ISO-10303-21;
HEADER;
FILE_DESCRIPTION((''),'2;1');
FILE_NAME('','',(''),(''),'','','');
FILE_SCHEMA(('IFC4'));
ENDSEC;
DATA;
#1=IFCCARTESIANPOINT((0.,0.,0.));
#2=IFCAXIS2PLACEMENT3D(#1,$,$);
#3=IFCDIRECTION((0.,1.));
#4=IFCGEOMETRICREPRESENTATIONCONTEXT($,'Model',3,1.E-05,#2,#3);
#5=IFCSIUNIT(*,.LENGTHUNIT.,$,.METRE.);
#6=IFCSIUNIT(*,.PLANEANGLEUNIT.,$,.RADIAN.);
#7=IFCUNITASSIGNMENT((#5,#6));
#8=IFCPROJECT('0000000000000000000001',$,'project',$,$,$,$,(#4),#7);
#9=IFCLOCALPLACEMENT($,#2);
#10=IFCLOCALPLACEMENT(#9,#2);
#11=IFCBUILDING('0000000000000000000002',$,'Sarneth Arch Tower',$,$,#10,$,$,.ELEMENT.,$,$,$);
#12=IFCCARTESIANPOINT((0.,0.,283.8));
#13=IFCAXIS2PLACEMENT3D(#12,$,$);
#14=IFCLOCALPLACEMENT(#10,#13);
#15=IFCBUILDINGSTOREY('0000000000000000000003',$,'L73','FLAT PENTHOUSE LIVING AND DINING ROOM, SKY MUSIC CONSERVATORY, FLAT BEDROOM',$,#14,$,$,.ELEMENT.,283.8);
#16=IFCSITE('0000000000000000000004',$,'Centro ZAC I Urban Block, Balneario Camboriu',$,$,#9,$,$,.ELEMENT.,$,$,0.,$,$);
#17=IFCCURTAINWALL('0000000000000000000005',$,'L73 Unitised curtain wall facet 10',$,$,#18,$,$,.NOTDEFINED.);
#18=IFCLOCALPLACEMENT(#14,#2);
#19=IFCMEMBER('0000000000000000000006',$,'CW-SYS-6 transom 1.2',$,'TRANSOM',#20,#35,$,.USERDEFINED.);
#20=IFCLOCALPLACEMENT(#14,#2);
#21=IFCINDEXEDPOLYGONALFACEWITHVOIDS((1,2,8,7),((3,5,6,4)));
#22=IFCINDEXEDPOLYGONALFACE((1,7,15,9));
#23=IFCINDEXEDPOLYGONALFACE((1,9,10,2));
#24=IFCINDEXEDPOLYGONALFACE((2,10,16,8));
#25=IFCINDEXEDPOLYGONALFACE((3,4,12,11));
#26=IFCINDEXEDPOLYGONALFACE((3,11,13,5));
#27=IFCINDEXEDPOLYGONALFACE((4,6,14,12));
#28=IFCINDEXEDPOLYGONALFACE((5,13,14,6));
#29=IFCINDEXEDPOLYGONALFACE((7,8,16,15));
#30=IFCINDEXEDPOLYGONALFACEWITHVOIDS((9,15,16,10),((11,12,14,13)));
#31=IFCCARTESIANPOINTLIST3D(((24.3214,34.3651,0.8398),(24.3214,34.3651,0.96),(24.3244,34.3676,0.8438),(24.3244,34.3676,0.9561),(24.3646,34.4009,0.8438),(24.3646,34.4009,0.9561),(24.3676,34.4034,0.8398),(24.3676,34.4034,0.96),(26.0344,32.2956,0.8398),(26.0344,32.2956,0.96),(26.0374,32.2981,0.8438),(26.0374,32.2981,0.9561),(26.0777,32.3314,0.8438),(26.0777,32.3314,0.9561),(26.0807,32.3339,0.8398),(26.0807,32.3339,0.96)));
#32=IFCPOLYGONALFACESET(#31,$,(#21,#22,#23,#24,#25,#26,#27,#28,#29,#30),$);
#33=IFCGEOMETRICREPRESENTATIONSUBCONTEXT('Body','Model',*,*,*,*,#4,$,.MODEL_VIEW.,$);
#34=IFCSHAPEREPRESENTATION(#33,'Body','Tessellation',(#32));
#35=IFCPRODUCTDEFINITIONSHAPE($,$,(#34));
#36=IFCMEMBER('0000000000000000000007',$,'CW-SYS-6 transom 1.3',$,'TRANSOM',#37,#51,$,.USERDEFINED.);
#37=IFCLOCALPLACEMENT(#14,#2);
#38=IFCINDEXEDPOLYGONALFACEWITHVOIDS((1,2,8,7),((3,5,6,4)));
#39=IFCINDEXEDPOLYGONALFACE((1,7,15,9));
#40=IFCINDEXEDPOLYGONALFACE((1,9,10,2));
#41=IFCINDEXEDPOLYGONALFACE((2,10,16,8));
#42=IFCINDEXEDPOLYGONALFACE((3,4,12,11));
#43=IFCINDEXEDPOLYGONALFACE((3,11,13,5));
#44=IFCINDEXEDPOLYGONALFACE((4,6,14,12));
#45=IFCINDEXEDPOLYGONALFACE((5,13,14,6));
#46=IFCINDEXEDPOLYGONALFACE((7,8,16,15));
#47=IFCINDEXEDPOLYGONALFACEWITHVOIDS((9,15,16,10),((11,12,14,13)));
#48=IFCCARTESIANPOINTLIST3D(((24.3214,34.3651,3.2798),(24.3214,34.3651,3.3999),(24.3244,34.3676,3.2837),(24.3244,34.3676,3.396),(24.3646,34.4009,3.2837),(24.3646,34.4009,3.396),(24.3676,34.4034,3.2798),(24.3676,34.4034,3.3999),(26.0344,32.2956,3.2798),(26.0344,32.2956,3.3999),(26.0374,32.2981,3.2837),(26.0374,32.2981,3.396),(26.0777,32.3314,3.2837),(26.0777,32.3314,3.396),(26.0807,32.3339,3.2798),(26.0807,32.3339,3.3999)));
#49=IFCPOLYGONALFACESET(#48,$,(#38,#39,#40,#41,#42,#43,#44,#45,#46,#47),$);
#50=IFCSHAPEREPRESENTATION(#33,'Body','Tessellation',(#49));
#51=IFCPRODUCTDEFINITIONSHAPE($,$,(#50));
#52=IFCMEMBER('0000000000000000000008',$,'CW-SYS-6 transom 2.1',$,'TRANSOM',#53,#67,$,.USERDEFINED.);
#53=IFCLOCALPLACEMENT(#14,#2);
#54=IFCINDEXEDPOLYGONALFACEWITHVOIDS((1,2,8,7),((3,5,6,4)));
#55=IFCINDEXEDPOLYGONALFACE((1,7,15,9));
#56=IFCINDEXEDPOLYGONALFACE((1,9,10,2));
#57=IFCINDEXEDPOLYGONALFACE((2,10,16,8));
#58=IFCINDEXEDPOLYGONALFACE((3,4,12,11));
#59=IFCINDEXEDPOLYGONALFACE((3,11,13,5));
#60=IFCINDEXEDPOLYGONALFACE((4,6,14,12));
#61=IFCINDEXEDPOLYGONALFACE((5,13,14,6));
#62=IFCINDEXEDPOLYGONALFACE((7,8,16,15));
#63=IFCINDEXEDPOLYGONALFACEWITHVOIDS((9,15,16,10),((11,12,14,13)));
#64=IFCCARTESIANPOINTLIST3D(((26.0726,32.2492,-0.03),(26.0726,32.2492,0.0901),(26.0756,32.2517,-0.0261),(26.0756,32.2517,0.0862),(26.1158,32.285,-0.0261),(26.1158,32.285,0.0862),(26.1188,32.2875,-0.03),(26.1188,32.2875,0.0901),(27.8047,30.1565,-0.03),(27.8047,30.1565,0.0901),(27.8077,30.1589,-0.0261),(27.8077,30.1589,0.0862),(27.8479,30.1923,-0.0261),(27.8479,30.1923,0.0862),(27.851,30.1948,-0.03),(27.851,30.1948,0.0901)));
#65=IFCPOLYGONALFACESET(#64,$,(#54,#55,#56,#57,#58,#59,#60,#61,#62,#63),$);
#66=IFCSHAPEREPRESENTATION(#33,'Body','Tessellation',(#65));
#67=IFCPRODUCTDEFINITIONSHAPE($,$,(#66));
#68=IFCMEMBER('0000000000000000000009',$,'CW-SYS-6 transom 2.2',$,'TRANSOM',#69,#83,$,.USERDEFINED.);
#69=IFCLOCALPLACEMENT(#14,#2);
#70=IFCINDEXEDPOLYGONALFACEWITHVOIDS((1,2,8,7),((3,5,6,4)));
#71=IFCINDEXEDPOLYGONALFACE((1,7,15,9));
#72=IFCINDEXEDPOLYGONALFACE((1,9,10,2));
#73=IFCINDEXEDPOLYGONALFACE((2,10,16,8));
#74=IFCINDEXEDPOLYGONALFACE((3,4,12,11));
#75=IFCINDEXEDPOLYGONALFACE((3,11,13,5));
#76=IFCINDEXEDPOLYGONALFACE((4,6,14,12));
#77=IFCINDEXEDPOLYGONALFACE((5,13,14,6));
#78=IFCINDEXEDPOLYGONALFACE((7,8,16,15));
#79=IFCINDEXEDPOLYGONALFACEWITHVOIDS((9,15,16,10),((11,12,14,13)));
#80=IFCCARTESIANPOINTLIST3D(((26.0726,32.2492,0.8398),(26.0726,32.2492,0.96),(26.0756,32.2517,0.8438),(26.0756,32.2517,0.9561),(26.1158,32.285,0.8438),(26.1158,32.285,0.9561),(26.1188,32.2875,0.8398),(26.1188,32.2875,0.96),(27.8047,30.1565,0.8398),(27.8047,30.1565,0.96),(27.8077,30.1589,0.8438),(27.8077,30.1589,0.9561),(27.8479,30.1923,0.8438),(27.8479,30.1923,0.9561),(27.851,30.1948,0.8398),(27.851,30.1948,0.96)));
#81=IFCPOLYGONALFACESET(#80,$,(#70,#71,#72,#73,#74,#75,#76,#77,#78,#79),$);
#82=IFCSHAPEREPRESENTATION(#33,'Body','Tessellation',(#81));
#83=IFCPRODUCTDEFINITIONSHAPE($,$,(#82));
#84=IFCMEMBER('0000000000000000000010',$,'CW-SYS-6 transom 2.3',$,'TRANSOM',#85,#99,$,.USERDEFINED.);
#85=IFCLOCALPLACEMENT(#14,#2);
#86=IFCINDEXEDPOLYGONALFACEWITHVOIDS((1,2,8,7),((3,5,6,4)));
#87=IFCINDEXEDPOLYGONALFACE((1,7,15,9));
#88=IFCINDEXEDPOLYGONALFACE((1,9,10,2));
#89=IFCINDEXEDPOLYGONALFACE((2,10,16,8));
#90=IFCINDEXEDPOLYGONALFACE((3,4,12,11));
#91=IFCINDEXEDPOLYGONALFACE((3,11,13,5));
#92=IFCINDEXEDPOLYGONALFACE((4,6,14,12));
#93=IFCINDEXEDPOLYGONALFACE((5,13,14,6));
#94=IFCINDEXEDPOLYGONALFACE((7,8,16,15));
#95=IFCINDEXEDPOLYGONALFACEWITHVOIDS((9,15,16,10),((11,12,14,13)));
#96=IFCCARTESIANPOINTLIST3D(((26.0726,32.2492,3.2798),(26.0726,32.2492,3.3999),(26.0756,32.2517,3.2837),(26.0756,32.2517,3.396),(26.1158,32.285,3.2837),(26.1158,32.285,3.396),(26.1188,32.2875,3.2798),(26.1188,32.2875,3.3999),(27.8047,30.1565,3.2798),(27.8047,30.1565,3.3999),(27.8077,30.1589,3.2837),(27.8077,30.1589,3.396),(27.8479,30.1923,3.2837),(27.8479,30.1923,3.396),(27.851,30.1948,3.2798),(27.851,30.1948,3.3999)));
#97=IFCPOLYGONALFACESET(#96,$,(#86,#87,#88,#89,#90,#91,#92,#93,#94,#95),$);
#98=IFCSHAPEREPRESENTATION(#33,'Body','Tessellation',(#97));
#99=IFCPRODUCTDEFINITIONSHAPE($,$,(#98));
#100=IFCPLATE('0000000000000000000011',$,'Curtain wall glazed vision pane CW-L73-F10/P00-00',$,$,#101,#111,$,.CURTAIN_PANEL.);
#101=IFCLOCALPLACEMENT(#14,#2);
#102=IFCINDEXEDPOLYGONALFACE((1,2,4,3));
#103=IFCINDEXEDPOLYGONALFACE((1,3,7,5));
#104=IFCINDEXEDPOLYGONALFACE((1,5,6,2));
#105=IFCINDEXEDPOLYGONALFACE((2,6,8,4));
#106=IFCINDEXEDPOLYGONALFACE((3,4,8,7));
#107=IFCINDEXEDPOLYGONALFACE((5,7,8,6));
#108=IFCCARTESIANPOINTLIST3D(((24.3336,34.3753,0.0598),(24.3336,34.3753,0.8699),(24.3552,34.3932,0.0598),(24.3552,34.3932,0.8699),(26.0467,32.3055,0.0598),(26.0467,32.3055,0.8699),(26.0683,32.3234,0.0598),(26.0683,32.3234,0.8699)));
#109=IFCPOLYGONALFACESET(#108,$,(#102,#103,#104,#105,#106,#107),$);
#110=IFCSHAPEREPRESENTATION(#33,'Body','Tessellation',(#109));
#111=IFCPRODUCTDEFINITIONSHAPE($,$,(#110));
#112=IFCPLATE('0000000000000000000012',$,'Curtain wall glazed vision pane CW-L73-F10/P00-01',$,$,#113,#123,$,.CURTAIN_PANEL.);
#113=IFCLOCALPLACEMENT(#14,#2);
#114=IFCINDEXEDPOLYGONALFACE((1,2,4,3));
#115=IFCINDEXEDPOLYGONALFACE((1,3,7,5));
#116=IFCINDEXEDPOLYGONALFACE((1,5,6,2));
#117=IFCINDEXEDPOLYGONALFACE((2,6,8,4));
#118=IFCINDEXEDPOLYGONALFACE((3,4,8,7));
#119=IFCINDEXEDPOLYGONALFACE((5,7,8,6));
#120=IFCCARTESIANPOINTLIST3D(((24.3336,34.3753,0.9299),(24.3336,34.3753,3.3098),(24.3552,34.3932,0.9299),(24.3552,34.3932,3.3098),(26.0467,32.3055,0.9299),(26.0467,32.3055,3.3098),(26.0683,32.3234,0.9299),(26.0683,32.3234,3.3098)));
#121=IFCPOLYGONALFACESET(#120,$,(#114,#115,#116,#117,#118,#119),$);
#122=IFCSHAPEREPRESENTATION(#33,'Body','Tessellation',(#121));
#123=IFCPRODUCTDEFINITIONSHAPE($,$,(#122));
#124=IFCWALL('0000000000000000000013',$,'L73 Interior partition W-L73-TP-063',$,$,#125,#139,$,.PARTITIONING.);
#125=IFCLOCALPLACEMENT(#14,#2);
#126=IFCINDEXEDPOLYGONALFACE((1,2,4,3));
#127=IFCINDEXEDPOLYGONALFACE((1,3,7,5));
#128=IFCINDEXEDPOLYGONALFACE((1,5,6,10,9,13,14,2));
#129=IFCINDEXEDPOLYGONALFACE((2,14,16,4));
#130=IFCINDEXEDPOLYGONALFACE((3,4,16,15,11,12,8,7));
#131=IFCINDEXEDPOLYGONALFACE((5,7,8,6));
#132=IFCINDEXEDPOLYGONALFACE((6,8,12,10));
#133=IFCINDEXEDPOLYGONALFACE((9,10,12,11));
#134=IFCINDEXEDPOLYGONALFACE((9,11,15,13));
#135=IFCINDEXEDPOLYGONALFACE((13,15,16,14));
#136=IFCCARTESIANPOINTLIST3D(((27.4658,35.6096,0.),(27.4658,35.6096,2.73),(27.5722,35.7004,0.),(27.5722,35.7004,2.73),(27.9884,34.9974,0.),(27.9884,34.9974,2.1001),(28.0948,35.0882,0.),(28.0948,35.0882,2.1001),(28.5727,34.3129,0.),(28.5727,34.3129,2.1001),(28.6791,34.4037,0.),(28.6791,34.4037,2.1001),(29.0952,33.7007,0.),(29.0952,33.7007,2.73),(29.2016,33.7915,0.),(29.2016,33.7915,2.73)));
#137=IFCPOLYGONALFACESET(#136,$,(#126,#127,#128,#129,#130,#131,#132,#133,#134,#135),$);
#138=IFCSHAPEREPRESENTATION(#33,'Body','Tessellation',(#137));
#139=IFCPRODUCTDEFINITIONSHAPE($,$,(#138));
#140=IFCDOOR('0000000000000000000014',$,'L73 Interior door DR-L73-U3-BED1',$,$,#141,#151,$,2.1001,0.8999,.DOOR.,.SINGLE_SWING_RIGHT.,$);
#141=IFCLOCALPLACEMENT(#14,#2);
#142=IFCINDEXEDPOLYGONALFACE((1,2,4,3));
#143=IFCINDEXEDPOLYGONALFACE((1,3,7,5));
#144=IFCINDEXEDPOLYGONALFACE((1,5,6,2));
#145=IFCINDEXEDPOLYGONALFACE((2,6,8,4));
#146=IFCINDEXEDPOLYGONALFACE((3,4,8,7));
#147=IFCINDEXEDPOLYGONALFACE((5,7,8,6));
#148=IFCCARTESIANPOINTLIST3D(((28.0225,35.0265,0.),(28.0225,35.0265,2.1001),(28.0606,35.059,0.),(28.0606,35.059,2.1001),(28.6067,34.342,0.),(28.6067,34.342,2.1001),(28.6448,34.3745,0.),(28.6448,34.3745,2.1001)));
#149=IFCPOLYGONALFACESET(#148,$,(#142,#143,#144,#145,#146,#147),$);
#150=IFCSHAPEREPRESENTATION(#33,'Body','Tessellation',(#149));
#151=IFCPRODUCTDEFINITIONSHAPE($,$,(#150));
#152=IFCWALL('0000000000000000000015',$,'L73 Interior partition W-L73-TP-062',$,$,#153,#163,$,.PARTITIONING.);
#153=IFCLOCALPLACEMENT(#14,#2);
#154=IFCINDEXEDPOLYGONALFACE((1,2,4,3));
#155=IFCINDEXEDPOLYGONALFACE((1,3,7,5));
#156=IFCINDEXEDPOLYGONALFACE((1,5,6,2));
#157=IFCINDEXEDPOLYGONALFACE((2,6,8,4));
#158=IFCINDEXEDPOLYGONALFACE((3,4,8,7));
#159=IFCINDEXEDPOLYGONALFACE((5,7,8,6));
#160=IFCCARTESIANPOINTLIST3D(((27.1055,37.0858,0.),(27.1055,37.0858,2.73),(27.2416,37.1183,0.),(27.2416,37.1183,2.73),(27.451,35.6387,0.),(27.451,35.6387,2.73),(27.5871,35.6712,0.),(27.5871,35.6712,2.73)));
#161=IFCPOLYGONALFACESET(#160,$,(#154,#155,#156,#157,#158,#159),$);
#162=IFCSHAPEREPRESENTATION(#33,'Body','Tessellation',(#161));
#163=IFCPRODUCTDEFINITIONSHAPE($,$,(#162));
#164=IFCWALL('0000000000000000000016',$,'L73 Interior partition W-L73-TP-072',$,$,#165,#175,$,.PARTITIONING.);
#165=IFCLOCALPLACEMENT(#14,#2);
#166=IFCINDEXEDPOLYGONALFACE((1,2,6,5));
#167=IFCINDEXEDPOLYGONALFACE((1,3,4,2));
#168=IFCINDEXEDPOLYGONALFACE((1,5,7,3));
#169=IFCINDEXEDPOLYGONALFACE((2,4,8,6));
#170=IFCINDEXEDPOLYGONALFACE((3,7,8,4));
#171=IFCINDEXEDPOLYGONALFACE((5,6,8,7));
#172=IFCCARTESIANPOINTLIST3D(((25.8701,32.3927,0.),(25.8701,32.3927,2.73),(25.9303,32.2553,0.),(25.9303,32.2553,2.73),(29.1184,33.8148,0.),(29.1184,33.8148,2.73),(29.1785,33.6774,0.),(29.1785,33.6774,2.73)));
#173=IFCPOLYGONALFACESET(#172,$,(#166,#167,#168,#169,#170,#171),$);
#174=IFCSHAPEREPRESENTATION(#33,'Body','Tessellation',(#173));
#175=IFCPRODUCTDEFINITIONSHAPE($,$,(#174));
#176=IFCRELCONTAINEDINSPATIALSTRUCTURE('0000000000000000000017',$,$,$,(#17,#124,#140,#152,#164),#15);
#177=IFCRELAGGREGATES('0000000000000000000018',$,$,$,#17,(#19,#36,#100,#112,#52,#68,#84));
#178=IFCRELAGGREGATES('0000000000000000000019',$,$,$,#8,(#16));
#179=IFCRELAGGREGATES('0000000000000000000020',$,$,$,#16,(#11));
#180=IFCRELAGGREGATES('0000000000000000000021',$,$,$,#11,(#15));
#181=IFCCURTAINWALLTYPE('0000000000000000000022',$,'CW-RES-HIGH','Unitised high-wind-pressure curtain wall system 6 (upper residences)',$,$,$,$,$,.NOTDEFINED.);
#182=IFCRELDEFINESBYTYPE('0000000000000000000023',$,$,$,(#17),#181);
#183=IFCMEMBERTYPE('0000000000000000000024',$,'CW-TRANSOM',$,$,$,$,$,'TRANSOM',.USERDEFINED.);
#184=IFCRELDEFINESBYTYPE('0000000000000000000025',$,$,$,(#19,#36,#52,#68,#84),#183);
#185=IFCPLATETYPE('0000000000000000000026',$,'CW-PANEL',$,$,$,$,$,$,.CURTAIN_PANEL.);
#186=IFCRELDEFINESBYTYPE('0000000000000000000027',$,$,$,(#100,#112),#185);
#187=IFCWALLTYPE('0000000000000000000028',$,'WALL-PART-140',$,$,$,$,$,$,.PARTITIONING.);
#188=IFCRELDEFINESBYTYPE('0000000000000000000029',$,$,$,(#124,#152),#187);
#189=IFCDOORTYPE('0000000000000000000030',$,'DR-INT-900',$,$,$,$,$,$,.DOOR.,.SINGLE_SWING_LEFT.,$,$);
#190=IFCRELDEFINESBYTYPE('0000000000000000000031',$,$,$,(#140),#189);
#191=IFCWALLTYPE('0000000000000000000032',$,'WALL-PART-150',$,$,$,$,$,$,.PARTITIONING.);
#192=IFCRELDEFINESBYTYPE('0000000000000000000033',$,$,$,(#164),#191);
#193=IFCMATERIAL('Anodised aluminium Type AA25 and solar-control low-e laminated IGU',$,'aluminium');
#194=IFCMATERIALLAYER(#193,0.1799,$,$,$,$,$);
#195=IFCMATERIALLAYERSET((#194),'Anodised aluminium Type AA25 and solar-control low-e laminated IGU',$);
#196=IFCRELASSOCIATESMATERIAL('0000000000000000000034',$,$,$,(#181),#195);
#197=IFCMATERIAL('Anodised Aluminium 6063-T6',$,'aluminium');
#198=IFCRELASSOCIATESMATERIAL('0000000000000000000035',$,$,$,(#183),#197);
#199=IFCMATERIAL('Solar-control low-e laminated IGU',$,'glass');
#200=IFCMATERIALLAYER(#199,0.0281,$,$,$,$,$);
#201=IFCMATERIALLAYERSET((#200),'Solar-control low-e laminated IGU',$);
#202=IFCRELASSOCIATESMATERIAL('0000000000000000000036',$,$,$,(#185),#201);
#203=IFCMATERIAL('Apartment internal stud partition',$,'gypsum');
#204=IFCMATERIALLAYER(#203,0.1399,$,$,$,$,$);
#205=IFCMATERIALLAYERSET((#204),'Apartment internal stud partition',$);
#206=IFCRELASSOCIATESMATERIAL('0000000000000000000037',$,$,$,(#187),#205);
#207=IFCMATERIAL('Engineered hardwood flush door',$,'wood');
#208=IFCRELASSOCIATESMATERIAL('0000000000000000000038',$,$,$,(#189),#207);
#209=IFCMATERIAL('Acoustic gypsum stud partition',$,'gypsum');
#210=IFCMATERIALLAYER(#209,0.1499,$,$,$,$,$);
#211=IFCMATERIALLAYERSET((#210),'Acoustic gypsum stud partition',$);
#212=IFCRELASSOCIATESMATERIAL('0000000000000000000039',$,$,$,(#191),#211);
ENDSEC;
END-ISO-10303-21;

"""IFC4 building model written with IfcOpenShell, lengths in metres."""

from ifc_helpers import new_model, si_unit, direction, frame, frame_2d, origin, origin_2d, place, context, subcontext, project, spatial, rectangle, hollow_rectangle, extrude, material, layer, layer_set, material_profile, profile_set, type_object, element, fill, aggregate, save


model = new_model("IFC4")

# Units and contexts
model_context = context("Model", 3, precision=1e-05, world=origin(), true_north=direction((0.0, 1.0)))
body_context = subcontext(model_context, "Body", "Model", "MODEL_VIEW")
ifc_project = project(units=[si_unit("LENGTHUNIT", "METRE"), si_unit("PLANEANGLEUNIT", "RADIAN")], contexts=[model_context])

# Site, building, storey
site_placement = place(None, origin())
site = spatial("IfcSite", under=ifc_project, at=site_placement, Name="Centro ZAC I Urban Block, Balneario Camboriu", CompositionType="ELEMENT", RefElevation=0.0)
building_placement = place(site_placement, origin())
building = spatial("IfcBuilding", under=site, at=building_placement, Name="Sarneth Arch Tower", CompositionType="ELEMENT")
storey_placement = place(building_placement, frame((0.0, 0.0, 283.8)))
storey = spatial("IfcBuildingStorey", under=building, at=storey_placement, Name="L73", Description="FLAT PENTHOUSE LIVING AND DINING ROOM, SKY MUSIC CONSERVATORY, FLAT BEDROOM", CompositionType="ELEMENT", Elevation=283.8)

# Curtain wall, members, plates
ifc_material_1 = material(Name="Anodised aluminium Type AA25 and solar-control low-e laminated IGU", Category="aluminium")
ifc_layer_1 = layer(ifc_material_1, 0.1799)
ifc_layer_set_1 = layer_set([ifc_layer_1], Name="Anodised aluminium Type AA25 and solar-control low-e laminated IGU")
curtain_wall_type = type_object("IfcCurtainWallType", Name="CW-RES-HIGH", Description="Unitised high-wind-pressure curtain wall system 6 (upper residences)", PredefinedType="NOTDEFINED", material=ifc_layer_set_1)
curtain_wall_placement = place(storey_placement, origin())
curtain_wall = element("IfcCurtainWall", 1, at=curtain_wall_placement, inside=storey, type_object=curtain_wall_type, Name="L73 Unitised curtain wall facet 10", PredefinedType="NOTDEFINED")
ifc_material_2 = material(Name="Anodised Aluminium 6063-T6", Category="aluminium")
ifc_material_profile_1 = material_profile(ifc_material_2, hollow_rectangle(XDim=0.0601, YDim=0.1201, WallThickness=0.0039, at=origin_2d()), Name="AL-TRAN-120x60x4")
ifc_profile_set_1 = profile_set([ifc_material_profile_1], Name="Anodised Aluminium 6063-T6")
member_type_1 = type_object("IfcMemberType", Name="CW-TRANSOM", ElementType="TRANSOM", PredefinedType="USERDEFINED", material=ifc_profile_set_1)
member_1_placement = place(storey_placement, frame((24.3445, 34.3843, 0.8999), z_axis=(0.637651, -0.770325, 0.0), x_axis=(0.770325, 0.637651, 0.0)))
member_1 = element("IfcMember", 2, at=member_1_placement, type_object=member_type_1, Name="CW-SYS-6 transom 1.2", ObjectType="TRANSOM", PredefinedType="USERDEFINED", context=body_context, shape_type="SweptSolid", body=[
    extrude(hollow_rectangle(XDim=0.0601, YDim=0.1201, WallThickness=0.0039, at=origin_2d()), origin(), (0.0, 0.0, 1.0), 2.6865),
])
member_2_placement = place(storey_placement, frame((24.3445, 34.3843, 3.3398), z_axis=(0.637651, -0.770325, 0.0), x_axis=(0.770325, 0.637651, 0.0)))
member_2 = element("IfcMember", 3, at=member_2_placement, type_object=member_type_1, Name="CW-SYS-6 transom 1.3", ObjectType="TRANSOM", PredefinedType="USERDEFINED", context=body_context, shape_type="SweptSolid", body=[
    extrude(hollow_rectangle(XDim=0.0601, YDim=0.1201, WallThickness=0.0039, at=origin_2d()), origin(), (0.0, 0.0, 1.0), 2.6865),
])
member_3_placement = place(storey_placement, frame((26.0957, 32.2683, 0.03), z_axis=(0.637617, -0.770353, 0.0), x_axis=(0.770353, 0.637617, 0.0)))
member_3 = element("IfcMember", 4, at=member_3_placement, type_object=member_type_1, Name="CW-SYS-6 transom 2.1", ObjectType="TRANSOM", PredefinedType="USERDEFINED", context=body_context, shape_type="SweptSolid", body=[
    extrude(hollow_rectangle(XDim=0.0601, YDim=0.1201, WallThickness=0.0039, at=origin_2d()), origin(), (0.0, 0.0, 1.0), 2.7166),
])
member_4_placement = place(storey_placement, frame((26.0957, 32.2683, 0.8999), z_axis=(0.637617, -0.770353, 0.0), x_axis=(0.770353, 0.637617, 0.0)))
member_4 = element("IfcMember", 5, at=member_4_placement, type_object=member_type_1, Name="CW-SYS-6 transom 2.2", ObjectType="TRANSOM", PredefinedType="USERDEFINED", context=body_context, shape_type="SweptSolid", body=[
    extrude(hollow_rectangle(XDim=0.0601, YDim=0.1201, WallThickness=0.0039, at=origin_2d()), origin(), (0.0, 0.0, 1.0), 2.7166),
])
member_5_placement = place(storey_placement, frame((26.0957, 32.2683, 3.3398), z_axis=(0.637617, -0.770353, 0.0), x_axis=(0.770353, 0.637617, 0.0)))
member_5 = element("IfcMember", 6, at=member_5_placement, type_object=member_type_1, Name="CW-SYS-6 transom 2.3", ObjectType="TRANSOM", PredefinedType="USERDEFINED", context=body_context, shape_type="SweptSolid", body=[
    extrude(hollow_rectangle(XDim=0.0601, YDim=0.1201, WallThickness=0.0039, at=origin_2d()), origin(), (0.0, 0.0, 1.0), 2.7166),
])
ifc_material_3 = material(Name="Solar-control low-e laminated IGU", Category="glass")
ifc_layer_2 = layer(ifc_material_3, 0.0281)
ifc_layer_set_2 = layer_set([ifc_layer_2], Name="Solar-control low-e laminated IGU")
plate_type = type_object("IfcPlateType", Name="CW-PANEL", PredefinedType="CURTAIN_PANEL", material=ifc_layer_set_2)
plate_1_placement = place(storey_placement, frame((25.2009, 33.3494, 0.0598), z_axis=(0.0, 0.0, 1.0), x_axis=(0.63761, -0.770359, 0.0)))
plate_1 = element("IfcPlate", 7, at=plate_1_placement, type_object=plate_type, Name="Curtain wall glazed vision pane CW-L73-F10/P00-00", PredefinedType="CURTAIN_PANEL", context=body_context, shape_type="SweptSolid", body=[
    extrude(rectangle(XDim=2.6868, YDim=0.0281, at=origin_2d()), origin(), (0.0, 0.0, 1.0), 0.8101),
])
plate_2_placement = place(storey_placement, frame((25.2009, 33.3494, 0.9299), z_axis=(0.0, 0.0, 1.0), x_axis=(0.63761, -0.770359, 0.0)))
plate_2 = element("IfcPlate", 8, at=plate_2_placement, type_object=plate_type, Name="Curtain wall glazed vision pane CW-L73-F10/P00-01", PredefinedType="CURTAIN_PANEL", context=body_context, shape_type="SweptSolid", body=[
    extrude(rectangle(XDim=2.6868, YDim=0.0281, at=origin_2d()), origin(), (0.0, 0.0, 1.0), 2.3799),
])
aggregate(curtain_wall, [member_1, member_2, plate_1, plate_2, member_3, member_4, member_5])

# Wall, opening, door
ifc_material_4 = material(Name="Apartment internal stud partition", Category="gypsum")
ifc_layer_3 = layer(ifc_material_4, 0.1399)
ifc_layer_set_3 = layer_set([ifc_layer_3], Name="Apartment internal stud partition")
wall_type_1 = type_object("IfcWallType", Name="WALL-PART-140", PredefinedType="PARTITIONING", material=ifc_layer_set_3)
wall_1_placement = place(storey_placement, frame((27.519, 35.655, 0.0), z_axis=(0.0, 0.0, 1.0), x_axis=(0.64922, -0.760601, 0.0)))
wall_1 = element("IfcWall", 9, at=wall_1_placement, inside=storey, type_object=wall_type_1, Name="L73 Interior partition W-L73-TP-063", PredefinedType="PARTITIONING", context=body_context, shape_type="SweptSolid", body=[
    extrude(rectangle(XDim=2.5098, YDim=0.1399, at=frame_2d((1.2549, 0.0))), origin(), (0.0, 0.0, 1.0), 2.73),
])
opening_1_placement = place(wall_1_placement, frame((0.8049, 0.0, 0.0)))
opening_1 = element("IfcOpeningElement", 10, at=opening_1_placement, cuts=wall_1, PredefinedType="OPENING", context=body_context, shape_type="SweptSolid", body=[
    extrude(rectangle(XDim=0.8999, YDim=2.1001, at=frame_2d((0.45, 1.05))), frame((0.0, 0.0798, 0.0), z_axis=(0.0, -1.0, 0.0), x_axis=(1.0, 0.0, 0.0)), (0.0, 0.0, 1.0), 0.1599),
])
ifc_material_5 = material(Name="Engineered hardwood flush door", Category="wood")
door_type = type_object("IfcDoorType", Name="DR-INT-900", OperationType="SINGLE_SWING_LEFT", PredefinedType="DOOR", material=ifc_material_5)
door_1_placement = place(opening_1_placement, origin())
door_1 = element("IfcDoor", 11, at=door_1_placement, inside=storey, type_object=door_type, Name="L73 Interior door DR-L73-U3-BED1", OperationType="SINGLE_SWING_RIGHT", OverallHeight=2.1001, OverallWidth=0.8999, PredefinedType="DOOR", context=body_context, shape_type="SweptSolid", body=[
    extrude(rectangle(XDim=0.8999, YDim=2.1001, at=frame_2d((0.45, 1.05))), frame((0.0, 0.0249, 0.0), z_axis=(0.0, -1.0, 0.0), x_axis=(1.0, 0.0, 0.0)), (0.0, 0.0, 1.0), 0.05),
])
fill(opening_1, door_1)

# Walls
wall_2_placement = place(storey_placement, frame((27.1736, 37.1021, 0.0), z_axis=(0.0, 0.0, 1.0), x_axis=(0.232212, -0.972665, 0.0)))
element("IfcWall", 12, at=wall_2_placement, inside=storey, type_object=wall_type_1, Name="L73 Interior partition W-L73-TP-062", PredefinedType="PARTITIONING", context=body_context, shape_type="SweptSolid", body=[
    extrude(rectangle(XDim=1.4878, YDim=0.1399, at=frame_2d((0.7439, 0.0))), origin(), (0.0, 0.0, 1.0), 2.73),
])
ifc_material_6 = material(Name="Acoustic gypsum stud partition", Category="gypsum")
ifc_layer_4 = layer(ifc_material_6, 0.1499)
ifc_layer_set_4 = layer_set([ifc_layer_4], Name="Acoustic gypsum stud partition")
wall_type_2 = type_object("IfcWallType", Name="WALL-PART-150", PredefinedType="PARTITIONING", material=ifc_layer_set_4)
wall_3_placement = place(storey_placement, frame((29.1484, 33.7461, 0.0), z_axis=(0.0, 0.0, 1.0), x_axis=(-0.916055, -0.401054, 0.0)))
element("IfcWall", 13, at=wall_3_placement, inside=storey, type_object=wall_type_2, Name="L73 Interior partition W-L73-TP-072", PredefinedType="PARTITIONING", context=body_context, shape_type="SweptSolid", body=[
    extrude(rectangle(XDim=3.5459, YDim=0.1499, at=frame_2d((1.7729, 0.0))), origin(), (0.0, 0.0, 1.0), 2.73),
])

save(model, "model.ifc")
